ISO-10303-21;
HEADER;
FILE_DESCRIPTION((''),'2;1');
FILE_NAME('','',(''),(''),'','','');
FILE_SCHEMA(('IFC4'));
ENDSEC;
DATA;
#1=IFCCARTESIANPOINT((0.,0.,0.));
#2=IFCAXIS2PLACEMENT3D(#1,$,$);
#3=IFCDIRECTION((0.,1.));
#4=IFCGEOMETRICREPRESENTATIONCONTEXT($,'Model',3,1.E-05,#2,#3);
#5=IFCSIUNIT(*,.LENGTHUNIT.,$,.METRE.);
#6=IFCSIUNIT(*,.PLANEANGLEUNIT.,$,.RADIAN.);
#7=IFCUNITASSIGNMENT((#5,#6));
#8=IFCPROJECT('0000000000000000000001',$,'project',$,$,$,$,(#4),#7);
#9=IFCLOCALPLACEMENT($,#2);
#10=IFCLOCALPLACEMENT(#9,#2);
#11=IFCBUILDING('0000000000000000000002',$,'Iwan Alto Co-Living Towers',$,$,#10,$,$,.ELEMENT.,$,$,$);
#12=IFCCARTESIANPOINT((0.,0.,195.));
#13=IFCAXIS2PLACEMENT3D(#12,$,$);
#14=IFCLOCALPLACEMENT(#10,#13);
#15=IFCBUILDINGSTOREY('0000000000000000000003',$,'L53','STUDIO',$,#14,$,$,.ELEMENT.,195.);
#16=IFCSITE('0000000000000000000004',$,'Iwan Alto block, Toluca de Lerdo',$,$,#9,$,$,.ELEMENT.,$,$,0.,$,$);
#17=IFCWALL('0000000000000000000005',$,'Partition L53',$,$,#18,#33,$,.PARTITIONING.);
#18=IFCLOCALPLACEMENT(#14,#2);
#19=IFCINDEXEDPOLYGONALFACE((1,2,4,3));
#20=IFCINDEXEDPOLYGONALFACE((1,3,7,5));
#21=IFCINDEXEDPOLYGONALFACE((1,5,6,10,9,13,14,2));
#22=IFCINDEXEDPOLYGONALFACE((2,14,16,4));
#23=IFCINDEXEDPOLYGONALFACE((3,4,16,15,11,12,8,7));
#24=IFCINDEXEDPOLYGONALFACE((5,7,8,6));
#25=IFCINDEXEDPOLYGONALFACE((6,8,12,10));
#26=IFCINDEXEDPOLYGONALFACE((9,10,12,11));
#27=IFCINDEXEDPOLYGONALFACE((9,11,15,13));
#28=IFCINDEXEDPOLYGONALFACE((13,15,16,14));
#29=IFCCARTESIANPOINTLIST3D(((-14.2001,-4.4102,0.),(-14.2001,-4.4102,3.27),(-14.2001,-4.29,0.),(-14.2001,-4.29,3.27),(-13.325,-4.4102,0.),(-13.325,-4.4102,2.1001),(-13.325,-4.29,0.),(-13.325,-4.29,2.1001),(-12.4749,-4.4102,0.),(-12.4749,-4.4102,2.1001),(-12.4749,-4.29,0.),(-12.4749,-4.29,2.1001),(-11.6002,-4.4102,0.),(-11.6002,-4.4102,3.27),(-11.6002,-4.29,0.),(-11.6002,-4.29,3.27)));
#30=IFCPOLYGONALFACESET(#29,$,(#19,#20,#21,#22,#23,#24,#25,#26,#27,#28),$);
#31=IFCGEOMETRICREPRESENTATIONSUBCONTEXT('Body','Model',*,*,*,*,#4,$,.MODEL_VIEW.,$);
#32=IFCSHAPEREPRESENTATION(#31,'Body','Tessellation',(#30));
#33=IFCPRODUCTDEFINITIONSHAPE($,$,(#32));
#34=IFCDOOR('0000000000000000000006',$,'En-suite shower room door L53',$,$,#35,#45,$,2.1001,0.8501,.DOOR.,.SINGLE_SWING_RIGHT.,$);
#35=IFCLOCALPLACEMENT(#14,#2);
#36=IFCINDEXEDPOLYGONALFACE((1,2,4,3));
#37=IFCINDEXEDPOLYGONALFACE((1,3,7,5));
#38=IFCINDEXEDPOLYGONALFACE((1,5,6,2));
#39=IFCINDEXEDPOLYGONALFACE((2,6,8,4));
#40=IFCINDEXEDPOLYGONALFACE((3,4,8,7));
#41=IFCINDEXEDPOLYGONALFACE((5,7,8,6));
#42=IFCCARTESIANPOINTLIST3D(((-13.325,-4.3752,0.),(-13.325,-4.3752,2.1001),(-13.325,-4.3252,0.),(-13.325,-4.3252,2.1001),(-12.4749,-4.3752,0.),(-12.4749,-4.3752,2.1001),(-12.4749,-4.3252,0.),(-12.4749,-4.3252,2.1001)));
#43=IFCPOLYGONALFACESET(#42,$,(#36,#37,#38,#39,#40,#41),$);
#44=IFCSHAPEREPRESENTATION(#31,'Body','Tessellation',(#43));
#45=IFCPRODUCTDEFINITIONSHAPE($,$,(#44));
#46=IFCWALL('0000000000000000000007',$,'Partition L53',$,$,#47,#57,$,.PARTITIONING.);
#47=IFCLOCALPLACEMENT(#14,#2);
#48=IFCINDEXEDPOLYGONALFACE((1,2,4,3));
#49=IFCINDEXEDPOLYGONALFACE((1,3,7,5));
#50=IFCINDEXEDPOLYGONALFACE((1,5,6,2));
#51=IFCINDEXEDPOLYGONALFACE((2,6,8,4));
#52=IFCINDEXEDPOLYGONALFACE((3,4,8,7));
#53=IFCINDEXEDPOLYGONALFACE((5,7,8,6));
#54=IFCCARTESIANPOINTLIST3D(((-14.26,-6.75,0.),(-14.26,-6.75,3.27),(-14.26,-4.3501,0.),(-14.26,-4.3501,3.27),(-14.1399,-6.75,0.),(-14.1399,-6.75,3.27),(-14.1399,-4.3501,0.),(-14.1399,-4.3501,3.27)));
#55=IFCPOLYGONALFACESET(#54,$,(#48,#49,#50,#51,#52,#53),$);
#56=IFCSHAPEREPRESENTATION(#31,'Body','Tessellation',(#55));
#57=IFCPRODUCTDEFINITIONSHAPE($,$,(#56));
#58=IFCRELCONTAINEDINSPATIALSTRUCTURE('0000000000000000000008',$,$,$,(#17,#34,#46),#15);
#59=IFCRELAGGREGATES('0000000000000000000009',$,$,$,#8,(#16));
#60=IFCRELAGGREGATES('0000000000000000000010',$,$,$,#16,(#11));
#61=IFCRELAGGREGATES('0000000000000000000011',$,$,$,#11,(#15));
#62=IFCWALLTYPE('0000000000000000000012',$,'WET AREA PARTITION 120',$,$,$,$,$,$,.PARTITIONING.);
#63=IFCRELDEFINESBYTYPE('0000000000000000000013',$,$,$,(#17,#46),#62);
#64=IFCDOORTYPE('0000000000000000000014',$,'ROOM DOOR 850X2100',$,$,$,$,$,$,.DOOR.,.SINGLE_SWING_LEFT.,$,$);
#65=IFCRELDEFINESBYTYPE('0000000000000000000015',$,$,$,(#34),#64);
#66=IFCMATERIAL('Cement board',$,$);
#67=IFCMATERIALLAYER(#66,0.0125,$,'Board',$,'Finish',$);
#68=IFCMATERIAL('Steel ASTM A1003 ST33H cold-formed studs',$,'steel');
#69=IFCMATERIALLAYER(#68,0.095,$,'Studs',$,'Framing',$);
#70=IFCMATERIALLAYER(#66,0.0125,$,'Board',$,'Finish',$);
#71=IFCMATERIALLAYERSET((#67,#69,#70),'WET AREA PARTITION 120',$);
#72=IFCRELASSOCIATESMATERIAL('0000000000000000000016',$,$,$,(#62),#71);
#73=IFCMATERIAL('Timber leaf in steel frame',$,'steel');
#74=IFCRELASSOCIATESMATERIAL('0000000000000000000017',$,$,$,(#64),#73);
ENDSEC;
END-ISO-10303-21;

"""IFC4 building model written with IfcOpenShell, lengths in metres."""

from ifc_helpers import new_model, si_unit, direction, frame, frame_2d, origin, place, context, subcontext, project, spatial, rectangle, extrude, material, layer, layer_set, type_object, element, fill, save


model = new_model("IFC4")

# Units and contexts
model_context = context("Model", 3, precision=1e-05, world=origin(), true_north=direction((0.0, 1.0)))
body_context = subcontext(model_context, "Body", "Model", "MODEL_VIEW")
ifc_project = project(units=[si_unit("LENGTHUNIT", "METRE"), si_unit("PLANEANGLEUNIT", "RADIAN")], contexts=[model_context])

# Site, building, storey
site_placement = place(None, origin())
site = spatial("IfcSite", under=ifc_project, at=site_placement, Name="Iwan Alto block, Toluca de Lerdo", CompositionType="ELEMENT", RefElevation=0.0)
building_placement = place(site_placement, origin())
building = spatial("IfcBuilding", under=site, at=building_placement, Name="Iwan Alto Co-Living Towers", CompositionType="ELEMENT")
storey_placement = place(building_placement, frame((0.0, 0.0, 195.0)))
storey = spatial("IfcBuildingStorey", under=building, at=storey_placement, Name="L53", Description="STUDIO", CompositionType="ELEMENT", Elevation=195.0)

# Shared definitions
ifc_material_1 = material(Name="Steel ASTM A1003 ST33H cold-formed studs", Category="steel")

# Wall, opening, door
ifc_material_2 = material(Name="Cement board")
ifc_layer_1 = layer(ifc_material_2, 0.0125, Name="Board", Category="Finish")
ifc_layer_2 = layer(ifc_material_1, 0.095, Name="Studs", Category="Framing")
ifc_layer_3 = layer(ifc_material_2, 0.0125, Name="Board", Category="Finish")
ifc_layer_set_1 = layer_set([ifc_layer_1, ifc_layer_2, ifc_layer_3], Name="WET AREA PARTITION 120")
wall_type_1 = type_object("IfcWallType", Name="WET AREA PARTITION 120", PredefinedType="PARTITIONING", material=ifc_layer_set_1)
wall_1_placement = place(storey_placement, frame((-14.2, -4.3501, 0.0), z_axis=(0.0, 0.0, 1.0), x_axis=(1.0, 0.0, 0.0)))
wall_1 = element("IfcWall", 1, at=wall_1_placement, inside=storey, type_object=wall_type_1, Name="Partition L53", PredefinedType="PARTITIONING", context=body_context, shape_type="SweptSolid", body=[
    extrude(rectangle(XDim=2.5999, YDim=0.1201, at=frame_2d((1.2998, 0.0))), origin(), (0.0, 0.0, 1.0), 3.27),
])
opening_1_placement = place(wall_1_placement, frame((0.875, 0.0, 0.0)))
opening_1 = element("IfcOpeningElement", 2, at=opening_1_placement, cuts=wall_1, PredefinedType="OPENING", context=body_context, shape_type="SweptSolid", body=[
    extrude(rectangle(XDim=0.8501, YDim=2.1001, at=frame_2d((0.425, 1.05))), frame((0.0, 0.0701, 0.0), z_axis=(0.0, -1.0, 0.0), x_axis=(1.0, 0.0, 0.0)), (0.0, 0.0, 1.0), 0.1401),
])
ifc_material_3 = material(Name="Timber leaf in steel frame", Category="steel")
door_type_1 = type_object("IfcDoorType", Name="ROOM DOOR 850X2100", OperationType="SINGLE_SWING_LEFT", PredefinedType="DOOR", material=ifc_material_3)
door_1_placement = place(opening_1_placement, origin())
door_1 = element("IfcDoor", 3, at=door_1_placement, inside=storey, type_object=door_type_1, Name="En-suite shower room door L53", OperationType="SINGLE_SWING_RIGHT", OverallHeight=2.1001, OverallWidth=0.8501, PredefinedType="DOOR", context=body_context, shape_type="SweptSolid", body=[
    extrude(rectangle(XDim=0.8501, YDim=2.1001, at=frame_2d((0.425, 1.05))), frame((0.0, 0.0249, 0.0), z_axis=(0.0, -1.0, 0.0), x_axis=(1.0, 0.0, 0.0)), (0.0, 0.0, 1.0), 0.05),
])
fill(opening_1, door_1)

# Wall
wall_2_placement = place(storey_placement, frame((-14.2, -6.75, 0.0), z_axis=(0.0, 0.0, 1.0), x_axis=(0.0, 1.0, 0.0)))
element("IfcWall", 4, at=wall_2_placement, inside=storey, type_object=wall_type_1, Name="Partition L53", PredefinedType="PARTITIONING", context=body_context, shape_type="SweptSolid", body=[
    extrude(rectangle(XDim=2.3999, YDim=0.1201, at=frame_2d((1.2, 0.0))), origin(), (0.0, 0.0, 1.0), 3.27),
])

save(model, "model.ifc")
